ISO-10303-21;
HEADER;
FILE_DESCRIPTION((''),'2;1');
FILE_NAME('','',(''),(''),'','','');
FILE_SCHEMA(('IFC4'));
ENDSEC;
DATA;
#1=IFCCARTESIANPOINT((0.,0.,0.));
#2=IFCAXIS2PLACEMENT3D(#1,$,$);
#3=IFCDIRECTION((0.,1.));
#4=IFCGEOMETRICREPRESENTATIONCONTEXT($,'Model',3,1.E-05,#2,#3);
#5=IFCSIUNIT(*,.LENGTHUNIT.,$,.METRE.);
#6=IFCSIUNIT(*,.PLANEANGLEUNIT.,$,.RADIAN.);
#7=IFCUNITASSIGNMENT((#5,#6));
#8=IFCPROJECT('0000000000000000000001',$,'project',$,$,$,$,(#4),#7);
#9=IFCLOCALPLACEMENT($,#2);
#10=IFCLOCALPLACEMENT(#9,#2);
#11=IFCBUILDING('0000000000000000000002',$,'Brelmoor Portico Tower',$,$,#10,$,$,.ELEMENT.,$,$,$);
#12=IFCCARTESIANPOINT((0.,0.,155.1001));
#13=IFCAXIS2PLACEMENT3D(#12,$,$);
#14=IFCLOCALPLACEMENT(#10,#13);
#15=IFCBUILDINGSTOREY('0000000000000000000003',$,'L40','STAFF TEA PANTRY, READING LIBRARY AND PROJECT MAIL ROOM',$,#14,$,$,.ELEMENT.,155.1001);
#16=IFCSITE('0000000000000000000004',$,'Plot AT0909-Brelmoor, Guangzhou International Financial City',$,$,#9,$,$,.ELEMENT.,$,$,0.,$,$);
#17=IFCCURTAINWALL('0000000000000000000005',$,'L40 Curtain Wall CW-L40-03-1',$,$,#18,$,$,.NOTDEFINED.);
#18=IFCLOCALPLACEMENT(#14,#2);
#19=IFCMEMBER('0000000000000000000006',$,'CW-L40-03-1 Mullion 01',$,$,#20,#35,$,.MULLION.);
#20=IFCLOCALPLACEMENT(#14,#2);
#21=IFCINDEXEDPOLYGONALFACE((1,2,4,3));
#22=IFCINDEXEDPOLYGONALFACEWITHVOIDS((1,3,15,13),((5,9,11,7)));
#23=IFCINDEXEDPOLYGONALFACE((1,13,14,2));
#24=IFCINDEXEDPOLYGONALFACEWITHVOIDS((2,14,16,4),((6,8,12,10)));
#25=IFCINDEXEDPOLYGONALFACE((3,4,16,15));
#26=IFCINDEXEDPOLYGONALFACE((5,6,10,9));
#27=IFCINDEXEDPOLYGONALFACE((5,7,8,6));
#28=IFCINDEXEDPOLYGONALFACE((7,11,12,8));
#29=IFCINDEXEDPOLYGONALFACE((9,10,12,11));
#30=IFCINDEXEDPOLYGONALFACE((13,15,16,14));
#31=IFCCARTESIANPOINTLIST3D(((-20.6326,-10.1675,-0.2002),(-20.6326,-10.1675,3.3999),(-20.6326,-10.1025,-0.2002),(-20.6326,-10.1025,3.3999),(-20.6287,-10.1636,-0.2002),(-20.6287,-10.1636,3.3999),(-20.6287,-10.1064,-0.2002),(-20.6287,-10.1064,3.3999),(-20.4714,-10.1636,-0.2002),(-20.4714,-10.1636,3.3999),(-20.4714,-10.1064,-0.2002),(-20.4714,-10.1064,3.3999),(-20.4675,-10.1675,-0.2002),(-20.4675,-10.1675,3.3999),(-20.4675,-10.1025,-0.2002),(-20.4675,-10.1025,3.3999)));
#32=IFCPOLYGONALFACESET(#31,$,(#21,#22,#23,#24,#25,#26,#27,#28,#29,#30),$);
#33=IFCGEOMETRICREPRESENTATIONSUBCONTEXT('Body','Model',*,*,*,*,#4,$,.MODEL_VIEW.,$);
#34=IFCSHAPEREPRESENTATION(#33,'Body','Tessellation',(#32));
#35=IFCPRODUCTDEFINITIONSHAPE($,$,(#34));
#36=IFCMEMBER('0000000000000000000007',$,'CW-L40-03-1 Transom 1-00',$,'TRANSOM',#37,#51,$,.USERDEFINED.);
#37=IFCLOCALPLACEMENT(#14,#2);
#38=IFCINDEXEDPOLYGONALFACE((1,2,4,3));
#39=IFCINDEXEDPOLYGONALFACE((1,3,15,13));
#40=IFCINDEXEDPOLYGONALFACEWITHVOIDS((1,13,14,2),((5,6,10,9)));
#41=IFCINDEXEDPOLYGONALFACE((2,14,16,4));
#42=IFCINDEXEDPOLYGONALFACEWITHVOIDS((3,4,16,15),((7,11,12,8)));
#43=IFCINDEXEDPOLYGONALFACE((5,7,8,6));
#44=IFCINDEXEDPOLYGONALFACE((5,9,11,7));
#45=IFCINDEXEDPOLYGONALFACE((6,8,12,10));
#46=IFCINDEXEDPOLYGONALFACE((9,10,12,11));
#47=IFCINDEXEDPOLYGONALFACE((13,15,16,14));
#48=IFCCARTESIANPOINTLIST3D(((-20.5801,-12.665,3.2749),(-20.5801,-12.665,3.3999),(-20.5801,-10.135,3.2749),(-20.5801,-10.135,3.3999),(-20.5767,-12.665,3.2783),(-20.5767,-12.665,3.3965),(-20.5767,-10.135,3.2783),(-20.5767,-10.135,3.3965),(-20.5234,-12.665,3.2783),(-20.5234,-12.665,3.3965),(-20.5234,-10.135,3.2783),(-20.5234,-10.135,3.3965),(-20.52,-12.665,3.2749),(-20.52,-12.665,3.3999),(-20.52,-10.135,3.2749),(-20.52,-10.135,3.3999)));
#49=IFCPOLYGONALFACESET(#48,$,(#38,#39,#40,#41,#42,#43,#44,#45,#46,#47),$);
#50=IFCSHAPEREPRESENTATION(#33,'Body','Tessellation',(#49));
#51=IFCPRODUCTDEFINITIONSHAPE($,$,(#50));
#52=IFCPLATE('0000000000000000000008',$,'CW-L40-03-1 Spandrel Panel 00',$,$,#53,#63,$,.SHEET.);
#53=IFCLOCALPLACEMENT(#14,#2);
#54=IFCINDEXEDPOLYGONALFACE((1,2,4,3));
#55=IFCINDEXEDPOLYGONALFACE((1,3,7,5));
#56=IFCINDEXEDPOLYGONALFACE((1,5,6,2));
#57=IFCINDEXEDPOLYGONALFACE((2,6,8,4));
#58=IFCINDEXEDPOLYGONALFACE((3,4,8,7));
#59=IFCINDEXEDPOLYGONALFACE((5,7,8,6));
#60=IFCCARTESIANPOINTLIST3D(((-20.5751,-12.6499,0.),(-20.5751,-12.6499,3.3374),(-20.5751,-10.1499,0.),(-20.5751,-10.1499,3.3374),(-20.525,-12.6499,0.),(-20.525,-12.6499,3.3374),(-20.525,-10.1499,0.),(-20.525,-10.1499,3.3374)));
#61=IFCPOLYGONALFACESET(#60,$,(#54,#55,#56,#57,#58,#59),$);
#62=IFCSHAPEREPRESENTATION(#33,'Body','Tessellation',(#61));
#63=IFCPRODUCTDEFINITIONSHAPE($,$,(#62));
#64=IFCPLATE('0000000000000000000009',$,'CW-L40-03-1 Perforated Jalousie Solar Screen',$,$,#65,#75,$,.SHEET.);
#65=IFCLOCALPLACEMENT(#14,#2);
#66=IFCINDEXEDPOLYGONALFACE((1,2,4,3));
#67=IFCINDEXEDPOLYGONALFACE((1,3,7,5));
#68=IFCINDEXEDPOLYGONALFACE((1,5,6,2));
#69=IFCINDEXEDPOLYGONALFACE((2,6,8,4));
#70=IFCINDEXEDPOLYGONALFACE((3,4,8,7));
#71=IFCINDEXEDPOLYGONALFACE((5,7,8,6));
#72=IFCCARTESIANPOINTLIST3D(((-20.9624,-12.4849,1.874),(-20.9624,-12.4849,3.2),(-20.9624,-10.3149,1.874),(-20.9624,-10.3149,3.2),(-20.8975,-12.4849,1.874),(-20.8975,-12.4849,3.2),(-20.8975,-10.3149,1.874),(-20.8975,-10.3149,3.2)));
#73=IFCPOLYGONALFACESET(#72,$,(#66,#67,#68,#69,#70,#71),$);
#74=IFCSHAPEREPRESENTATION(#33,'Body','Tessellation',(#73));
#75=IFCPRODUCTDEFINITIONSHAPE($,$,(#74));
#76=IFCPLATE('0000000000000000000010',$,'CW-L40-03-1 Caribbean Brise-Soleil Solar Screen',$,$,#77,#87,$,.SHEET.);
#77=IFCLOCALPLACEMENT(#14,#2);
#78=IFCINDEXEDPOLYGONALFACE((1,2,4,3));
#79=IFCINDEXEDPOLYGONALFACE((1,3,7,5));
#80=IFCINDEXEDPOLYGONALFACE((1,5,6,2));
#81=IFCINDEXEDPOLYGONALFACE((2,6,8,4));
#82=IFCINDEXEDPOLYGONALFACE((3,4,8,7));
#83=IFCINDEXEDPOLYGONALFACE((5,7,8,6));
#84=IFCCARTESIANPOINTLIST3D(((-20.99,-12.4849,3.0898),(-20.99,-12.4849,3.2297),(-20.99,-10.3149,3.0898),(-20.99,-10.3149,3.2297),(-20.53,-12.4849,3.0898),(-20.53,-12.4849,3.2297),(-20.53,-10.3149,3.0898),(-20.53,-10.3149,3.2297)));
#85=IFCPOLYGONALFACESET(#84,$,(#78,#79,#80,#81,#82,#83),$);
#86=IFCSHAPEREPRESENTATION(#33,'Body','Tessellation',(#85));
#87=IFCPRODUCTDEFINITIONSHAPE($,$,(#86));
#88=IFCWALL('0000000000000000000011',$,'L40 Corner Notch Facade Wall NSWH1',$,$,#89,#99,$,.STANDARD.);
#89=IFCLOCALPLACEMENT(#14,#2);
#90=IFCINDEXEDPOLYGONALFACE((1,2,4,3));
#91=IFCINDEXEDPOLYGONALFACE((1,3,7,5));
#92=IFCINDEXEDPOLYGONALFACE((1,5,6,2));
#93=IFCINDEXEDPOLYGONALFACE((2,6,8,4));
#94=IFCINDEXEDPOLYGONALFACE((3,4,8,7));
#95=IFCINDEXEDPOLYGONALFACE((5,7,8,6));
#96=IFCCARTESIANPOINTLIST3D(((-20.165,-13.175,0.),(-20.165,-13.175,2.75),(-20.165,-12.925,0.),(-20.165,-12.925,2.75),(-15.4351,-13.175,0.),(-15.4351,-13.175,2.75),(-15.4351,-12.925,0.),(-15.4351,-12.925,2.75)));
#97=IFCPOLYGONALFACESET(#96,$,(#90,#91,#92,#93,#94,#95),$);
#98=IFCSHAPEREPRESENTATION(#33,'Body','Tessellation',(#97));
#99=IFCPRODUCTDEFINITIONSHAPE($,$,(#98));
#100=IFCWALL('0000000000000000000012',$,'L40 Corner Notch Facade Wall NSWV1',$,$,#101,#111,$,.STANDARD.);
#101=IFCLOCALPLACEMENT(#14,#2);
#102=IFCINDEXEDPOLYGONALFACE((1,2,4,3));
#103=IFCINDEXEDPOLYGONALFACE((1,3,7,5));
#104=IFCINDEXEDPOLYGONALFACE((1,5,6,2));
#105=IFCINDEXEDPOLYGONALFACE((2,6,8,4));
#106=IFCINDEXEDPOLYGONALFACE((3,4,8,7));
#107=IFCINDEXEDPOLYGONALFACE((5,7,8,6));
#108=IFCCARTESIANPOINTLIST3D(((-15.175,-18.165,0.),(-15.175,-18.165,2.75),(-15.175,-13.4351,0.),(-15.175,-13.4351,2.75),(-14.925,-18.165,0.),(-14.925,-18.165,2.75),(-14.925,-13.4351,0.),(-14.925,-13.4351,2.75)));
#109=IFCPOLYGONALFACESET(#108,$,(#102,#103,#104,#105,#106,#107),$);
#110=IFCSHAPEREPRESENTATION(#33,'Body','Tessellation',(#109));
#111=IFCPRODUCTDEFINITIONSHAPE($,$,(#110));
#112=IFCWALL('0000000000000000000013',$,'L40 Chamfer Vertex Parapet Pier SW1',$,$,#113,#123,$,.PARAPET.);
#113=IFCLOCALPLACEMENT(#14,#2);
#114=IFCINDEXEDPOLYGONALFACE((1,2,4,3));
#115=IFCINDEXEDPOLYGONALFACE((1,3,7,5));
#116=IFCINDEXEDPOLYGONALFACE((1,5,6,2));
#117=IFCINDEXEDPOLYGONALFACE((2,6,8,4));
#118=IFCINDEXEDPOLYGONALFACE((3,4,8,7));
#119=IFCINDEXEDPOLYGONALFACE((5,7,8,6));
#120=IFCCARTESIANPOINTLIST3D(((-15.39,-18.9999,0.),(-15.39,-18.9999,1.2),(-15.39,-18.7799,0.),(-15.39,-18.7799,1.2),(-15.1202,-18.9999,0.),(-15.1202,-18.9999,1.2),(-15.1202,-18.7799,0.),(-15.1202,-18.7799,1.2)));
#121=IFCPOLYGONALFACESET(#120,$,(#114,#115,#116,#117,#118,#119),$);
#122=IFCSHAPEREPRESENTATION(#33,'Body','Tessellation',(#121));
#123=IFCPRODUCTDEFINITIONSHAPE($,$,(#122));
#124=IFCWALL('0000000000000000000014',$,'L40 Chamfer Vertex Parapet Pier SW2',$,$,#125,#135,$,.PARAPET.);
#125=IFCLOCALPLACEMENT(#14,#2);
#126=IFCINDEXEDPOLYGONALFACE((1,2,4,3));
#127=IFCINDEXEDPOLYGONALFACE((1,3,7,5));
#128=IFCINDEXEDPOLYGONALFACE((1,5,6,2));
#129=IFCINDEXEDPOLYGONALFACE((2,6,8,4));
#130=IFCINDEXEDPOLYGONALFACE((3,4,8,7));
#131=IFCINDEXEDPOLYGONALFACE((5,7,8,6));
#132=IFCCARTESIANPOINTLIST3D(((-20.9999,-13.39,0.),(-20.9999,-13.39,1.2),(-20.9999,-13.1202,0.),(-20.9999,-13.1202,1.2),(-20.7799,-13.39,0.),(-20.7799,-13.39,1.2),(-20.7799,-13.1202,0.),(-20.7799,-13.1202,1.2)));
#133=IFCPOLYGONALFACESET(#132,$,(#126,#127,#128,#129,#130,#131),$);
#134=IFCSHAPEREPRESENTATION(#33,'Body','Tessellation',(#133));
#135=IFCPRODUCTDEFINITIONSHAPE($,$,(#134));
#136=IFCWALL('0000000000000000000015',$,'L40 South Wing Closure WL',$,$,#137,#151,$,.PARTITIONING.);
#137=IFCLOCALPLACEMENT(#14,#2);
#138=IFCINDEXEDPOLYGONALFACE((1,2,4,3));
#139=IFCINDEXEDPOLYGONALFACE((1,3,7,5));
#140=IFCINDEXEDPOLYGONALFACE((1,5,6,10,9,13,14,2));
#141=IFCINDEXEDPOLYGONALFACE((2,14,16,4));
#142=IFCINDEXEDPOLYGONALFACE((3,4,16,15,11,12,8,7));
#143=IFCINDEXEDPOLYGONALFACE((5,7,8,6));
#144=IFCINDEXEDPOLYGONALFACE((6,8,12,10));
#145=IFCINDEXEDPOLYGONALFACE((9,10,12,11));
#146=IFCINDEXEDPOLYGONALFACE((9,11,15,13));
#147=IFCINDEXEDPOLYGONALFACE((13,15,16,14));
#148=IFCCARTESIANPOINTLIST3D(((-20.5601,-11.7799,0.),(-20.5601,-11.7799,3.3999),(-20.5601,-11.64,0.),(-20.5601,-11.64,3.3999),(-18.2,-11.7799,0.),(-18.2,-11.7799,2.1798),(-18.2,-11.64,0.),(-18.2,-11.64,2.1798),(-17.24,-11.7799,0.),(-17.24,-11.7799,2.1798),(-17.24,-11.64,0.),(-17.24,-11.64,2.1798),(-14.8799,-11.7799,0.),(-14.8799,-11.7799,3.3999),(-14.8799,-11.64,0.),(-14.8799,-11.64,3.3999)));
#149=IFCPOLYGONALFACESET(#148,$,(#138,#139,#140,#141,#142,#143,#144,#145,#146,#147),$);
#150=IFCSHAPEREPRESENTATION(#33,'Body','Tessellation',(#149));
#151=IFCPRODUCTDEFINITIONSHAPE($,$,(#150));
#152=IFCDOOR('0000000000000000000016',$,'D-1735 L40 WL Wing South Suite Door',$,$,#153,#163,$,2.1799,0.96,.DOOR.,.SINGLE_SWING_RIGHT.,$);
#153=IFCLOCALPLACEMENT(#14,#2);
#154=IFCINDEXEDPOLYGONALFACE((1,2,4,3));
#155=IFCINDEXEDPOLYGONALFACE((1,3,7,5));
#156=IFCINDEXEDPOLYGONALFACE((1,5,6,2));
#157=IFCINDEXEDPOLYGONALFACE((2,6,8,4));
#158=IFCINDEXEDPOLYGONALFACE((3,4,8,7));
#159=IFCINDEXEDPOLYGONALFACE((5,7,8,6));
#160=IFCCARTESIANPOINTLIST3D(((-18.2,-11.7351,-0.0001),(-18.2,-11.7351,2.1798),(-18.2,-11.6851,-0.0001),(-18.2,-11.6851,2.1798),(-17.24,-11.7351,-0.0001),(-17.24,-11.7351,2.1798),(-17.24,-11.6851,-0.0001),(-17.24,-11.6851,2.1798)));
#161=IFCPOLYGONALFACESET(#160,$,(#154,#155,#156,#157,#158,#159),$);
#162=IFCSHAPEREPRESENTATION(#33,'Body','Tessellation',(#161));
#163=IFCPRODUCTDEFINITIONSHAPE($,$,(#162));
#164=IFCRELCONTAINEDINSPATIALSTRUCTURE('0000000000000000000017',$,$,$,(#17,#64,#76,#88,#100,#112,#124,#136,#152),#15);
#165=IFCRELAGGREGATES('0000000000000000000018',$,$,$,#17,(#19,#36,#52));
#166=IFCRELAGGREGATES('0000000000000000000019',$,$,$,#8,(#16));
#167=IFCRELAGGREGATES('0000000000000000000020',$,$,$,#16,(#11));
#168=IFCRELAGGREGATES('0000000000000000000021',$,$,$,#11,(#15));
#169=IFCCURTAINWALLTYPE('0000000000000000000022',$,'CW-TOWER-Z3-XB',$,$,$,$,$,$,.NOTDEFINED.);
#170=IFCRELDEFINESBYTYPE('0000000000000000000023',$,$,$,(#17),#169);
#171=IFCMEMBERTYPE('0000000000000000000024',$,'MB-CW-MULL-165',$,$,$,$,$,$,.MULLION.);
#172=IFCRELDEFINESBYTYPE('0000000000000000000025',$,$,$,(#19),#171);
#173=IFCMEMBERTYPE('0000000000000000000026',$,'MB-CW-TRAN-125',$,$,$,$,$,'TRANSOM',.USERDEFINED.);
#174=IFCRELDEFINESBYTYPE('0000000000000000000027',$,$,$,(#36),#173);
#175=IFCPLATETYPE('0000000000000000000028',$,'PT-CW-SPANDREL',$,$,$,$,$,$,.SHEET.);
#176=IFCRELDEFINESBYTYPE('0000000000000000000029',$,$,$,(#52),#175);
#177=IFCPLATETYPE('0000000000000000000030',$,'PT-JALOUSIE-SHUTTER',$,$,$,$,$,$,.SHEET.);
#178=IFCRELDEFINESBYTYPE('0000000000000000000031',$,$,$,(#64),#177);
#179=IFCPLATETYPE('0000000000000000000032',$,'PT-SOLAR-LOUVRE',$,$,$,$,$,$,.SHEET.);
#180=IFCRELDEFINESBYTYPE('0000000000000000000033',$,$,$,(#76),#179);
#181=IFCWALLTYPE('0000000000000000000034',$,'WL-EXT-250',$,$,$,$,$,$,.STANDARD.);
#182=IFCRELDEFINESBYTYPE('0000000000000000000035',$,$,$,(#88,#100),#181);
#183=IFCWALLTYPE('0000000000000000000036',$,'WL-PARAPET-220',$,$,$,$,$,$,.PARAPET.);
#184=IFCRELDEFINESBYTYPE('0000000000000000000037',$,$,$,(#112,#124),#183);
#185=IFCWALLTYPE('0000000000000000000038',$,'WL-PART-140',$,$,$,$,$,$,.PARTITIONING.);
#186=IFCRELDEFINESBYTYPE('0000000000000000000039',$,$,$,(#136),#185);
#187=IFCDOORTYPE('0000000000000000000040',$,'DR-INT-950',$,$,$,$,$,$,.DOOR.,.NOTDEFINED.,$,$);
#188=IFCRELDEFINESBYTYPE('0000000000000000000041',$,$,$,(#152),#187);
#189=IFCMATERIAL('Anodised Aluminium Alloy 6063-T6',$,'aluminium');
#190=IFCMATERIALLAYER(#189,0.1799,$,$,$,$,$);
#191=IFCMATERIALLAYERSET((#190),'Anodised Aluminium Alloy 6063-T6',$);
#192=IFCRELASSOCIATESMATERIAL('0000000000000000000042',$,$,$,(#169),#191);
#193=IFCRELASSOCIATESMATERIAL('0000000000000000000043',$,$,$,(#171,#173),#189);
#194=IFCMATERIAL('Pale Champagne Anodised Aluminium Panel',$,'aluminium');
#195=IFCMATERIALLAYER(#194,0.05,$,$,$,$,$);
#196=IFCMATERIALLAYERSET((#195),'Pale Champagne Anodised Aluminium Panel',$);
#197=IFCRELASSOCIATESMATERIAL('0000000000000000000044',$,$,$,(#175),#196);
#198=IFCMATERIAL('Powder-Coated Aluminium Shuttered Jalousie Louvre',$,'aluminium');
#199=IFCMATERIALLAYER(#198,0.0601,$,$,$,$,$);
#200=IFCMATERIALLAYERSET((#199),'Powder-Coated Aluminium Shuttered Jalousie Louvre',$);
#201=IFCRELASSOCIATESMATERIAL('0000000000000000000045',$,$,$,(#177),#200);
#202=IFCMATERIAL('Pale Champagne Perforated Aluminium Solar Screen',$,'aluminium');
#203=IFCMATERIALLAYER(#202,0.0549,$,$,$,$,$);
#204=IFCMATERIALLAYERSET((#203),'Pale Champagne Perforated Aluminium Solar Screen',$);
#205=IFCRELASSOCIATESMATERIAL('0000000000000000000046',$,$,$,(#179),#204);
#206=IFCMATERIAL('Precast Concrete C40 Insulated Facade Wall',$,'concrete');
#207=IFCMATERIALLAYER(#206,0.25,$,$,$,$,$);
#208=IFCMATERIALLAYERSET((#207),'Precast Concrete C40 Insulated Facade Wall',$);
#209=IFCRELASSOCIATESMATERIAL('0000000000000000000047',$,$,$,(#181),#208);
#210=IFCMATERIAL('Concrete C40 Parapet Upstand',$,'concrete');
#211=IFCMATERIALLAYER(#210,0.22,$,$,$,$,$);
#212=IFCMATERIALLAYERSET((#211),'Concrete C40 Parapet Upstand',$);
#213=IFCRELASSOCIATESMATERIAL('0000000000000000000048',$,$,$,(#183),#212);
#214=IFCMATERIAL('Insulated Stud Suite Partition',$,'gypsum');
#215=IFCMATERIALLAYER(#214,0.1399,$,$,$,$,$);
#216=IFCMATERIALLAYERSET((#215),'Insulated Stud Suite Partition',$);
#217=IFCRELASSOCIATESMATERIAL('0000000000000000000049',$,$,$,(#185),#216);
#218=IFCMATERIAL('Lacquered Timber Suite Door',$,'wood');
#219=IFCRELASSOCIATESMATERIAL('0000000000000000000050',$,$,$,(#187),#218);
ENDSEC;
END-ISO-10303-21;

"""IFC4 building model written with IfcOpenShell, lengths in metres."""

from ifc_helpers import new_model, si_unit, direction, frame, frame_2d, origin, origin_2d, place, context, subcontext, project, spatial, rectangle, hollow_rectangle, extrude, material, layer, layer_set, material_profile, profile_set, type_object, element, fill, aggregate, save


model = new_model("IFC4")

# Units and contexts
model_context = context("Model", 3, precision=1e-05, world=origin(), true_north=direction((0.0, 1.0)))
body_context = subcontext(model_context, "Body", "Model", "MODEL_VIEW")
ifc_project = project(units=[si_unit("LENGTHUNIT", "METRE"), si_unit("PLANEANGLEUNIT", "RADIAN")], contexts=[model_context])

# Site, building, storey
site_placement = place(None, origin())
site = spatial("IfcSite", under=ifc_project, at=site_placement, Name="Plot AT0909-Brelmoor, Guangzhou International Financial City", CompositionType="ELEMENT", RefElevation=0.0)
building_placement = place(site_placement, origin())
building = spatial("IfcBuilding", under=site, at=building_placement, Name="Brelmoor Portico Tower", CompositionType="ELEMENT")
storey_placement = place(building_placement, frame((0.0, 0.0, 155.1001)))
storey = spatial("IfcBuildingStorey", under=building, at=storey_placement, Name="L40", Description="STAFF TEA PANTRY, READING LIBRARY AND PROJECT MAIL ROOM", CompositionType="ELEMENT", Elevation=155.1001)

# Curtain wall, members, plate
ifc_material_1 = material(Name="Anodised Aluminium Alloy 6063-T6", Category="aluminium")
ifc_layer_1 = layer(ifc_material_1, 0.1799)
ifc_layer_set_1 = layer_set([ifc_layer_1], Name="Anodised Aluminium Alloy 6063-T6")
curtain_wall_type = type_object("IfcCurtainWallType", Name="CW-TOWER-Z3-XB", PredefinedType="NOTDEFINED", material=ifc_layer_set_1)
curtain_wall_placement = place(storey_placement, origin())
curtain_wall = element("IfcCurtainWall", 1, at=curtain_wall_placement, inside=storey, type_object=curtain_wall_type, Name="L40 Curtain Wall CW-L40-03-1", PredefinedType="NOTDEFINED")
ifc_material_profile_1 = material_profile(ifc_material_1, hollow_rectangle(XDim=0.0649, YDim=0.165, WallThickness=0.0039, at=origin_2d()), Name="ALU MULLION 65x165")
ifc_profile_set_1 = profile_set([ifc_material_profile_1], Name="Anodised Aluminium Alloy 6063-T6")
member_type_1 = type_object("IfcMemberType", Name="MB-CW-MULL-165", PredefinedType="MULLION", material=ifc_profile_set_1)
member_1_placement = place(storey_placement, frame((-20.55, -10.135, -0.2002), z_axis=(0.0, 0.0, 1.0), x_axis=(0.0, 1.0, 0.0)))
member_1 = element("IfcMember", 2, at=member_1_placement, type_object=member_type_1, Name="CW-L40-03-1 Mullion 01", PredefinedType="MULLION", context=body_context, shape_type="SweptSolid", body=[
    extrude(hollow_rectangle(XDim=0.0649, YDim=0.165, WallThickness=0.0039, at=origin_2d()), origin(), (0.0, 0.0, 1.0), 3.6001),
])
ifc_material_profile_2 = material_profile(ifc_material_1, hollow_rectangle(XDim=0.0601, YDim=0.125, WallThickness=0.0034, at=origin_2d()), Name="ALU TRANSOM 60x125")
ifc_profile_set_2 = profile_set([ifc_material_profile_2], Name="Anodised Aluminium Alloy 6063-T6")
member_type_2 = type_object("IfcMemberType", Name="MB-CW-TRAN-125", ElementType="TRANSOM", PredefinedType="USERDEFINED", material=ifc_profile_set_2)
member_2_placement = place(storey_placement, frame((-20.55, -12.665, 3.3374), z_axis=(0.0, 1.0, 0.0), x_axis=(-1.0, 0.0, 0.0)))
member_2 = element("IfcMember", 3, at=member_2_placement, type_object=member_type_2, Name="CW-L40-03-1 Transom 1-00", ObjectType="TRANSOM", PredefinedType="USERDEFINED", context=body_context, shape_type="SweptSolid", body=[
    extrude(hollow_rectangle(XDim=0.0601, YDim=0.125, WallThickness=0.0034, at=origin_2d()), origin(), (0.0, 0.0, 1.0), 2.53),
])
ifc_material_2 = material(Name="Pale Champagne Anodised Aluminium Panel", Category="aluminium")
ifc_layer_2 = layer(ifc_material_2, 0.05)
ifc_layer_set_2 = layer_set([ifc_layer_2], Name="Pale Champagne Anodised Aluminium Panel")
plate_type_1 = type_object("IfcPlateType", Name="PT-CW-SPANDREL", PredefinedType="SHEET", material=ifc_layer_set_2)
plate_1_placement = place(storey_placement, frame((-20.55, -11.3999, 0.0), z_axis=(0.0, 0.0, 1.0), x_axis=(0.0, 1.0, 0.0)))
plate_1 = element("IfcPlate", 4, at=plate_1_placement, type_object=plate_type_1, Name="CW-L40-03-1 Spandrel Panel 00", PredefinedType="SHEET", context=body_context, shape_type="SweptSolid", body=[
    extrude(rectangle(XDim=2.5, YDim=0.05, at=origin_2d()), origin(), (0.0, 0.0, 1.0), 3.3374),
])
aggregate(curtain_wall, [member_1, member_2, plate_1])

# Plates
ifc_material_3 = material(Name="Powder-Coated Aluminium Shuttered Jalousie Louvre", Category="aluminium")
ifc_layer_3 = layer(ifc_material_3, 0.0601)
ifc_layer_set_3 = layer_set([ifc_layer_3], Name="Powder-Coated Aluminium Shuttered Jalousie Louvre")
plate_type_2 = type_object("IfcPlateType", Name="PT-JALOUSIE-SHUTTER", PredefinedType="SHEET", material=ifc_layer_set_3)
plate_2_placement = place(storey_placement, frame((-20.9299, -11.3999, 1.874), z_axis=(0.0, 0.0, 1.0), x_axis=(0.0, 1.0, 0.0)))
element("IfcPlate", 5, at=plate_2_placement, inside=storey, type_object=plate_type_2, Name="CW-L40-03-1 Perforated Jalousie Solar Screen", PredefinedType="SHEET", context=body_context, shape_type="SweptSolid", body=[
    extrude(rectangle(XDim=2.1699, YDim=0.0649, at=origin_2d()), origin(), (0.0, 0.0, 1.0), 1.3259),
])
ifc_material_4 = material(Name="Pale Champagne Perforated Aluminium Solar Screen", Category="aluminium")
ifc_layer_4 = layer(ifc_material_4, 0.0549)
ifc_layer_set_4 = layer_set([ifc_layer_4], Name="Pale Champagne Perforated Aluminium Solar Screen")
plate_type_3 = type_object("IfcPlateType", Name="PT-SOLAR-LOUVRE", PredefinedType="SHEET", material=ifc_layer_set_4)
plate_3_placement = place(storey_placement, frame((-20.76, -11.3999, 3.0898), z_axis=(0.0, 0.0, 1.0), x_axis=(0.0, 1.0, 0.0)))
element("IfcPlate", 6, at=plate_3_placement, inside=storey, type_object=plate_type_3, Name="CW-L40-03-1 Caribbean Brise-Soleil Solar Screen", PredefinedType="SHEET", context=body_context, shape_type="SweptSolid", body=[
    extrude(rectangle(XDim=2.1699, YDim=0.46, at=origin_2d()), origin(), (0.0, 0.0, 1.0), 0.1399),
])

# Walls
ifc_material_5 = material(Name="Precast Concrete C40 Insulated Facade Wall", Category="concrete")
ifc_layer_5 = layer(ifc_material_5, 0.25)
ifc_layer_set_5 = layer_set([ifc_layer_5], Name="Precast Concrete C40 Insulated Facade Wall")
wall_type_1 = type_object("IfcWallType", Name="WL-EXT-250", PredefinedType="STANDARD", material=ifc_layer_set_5)
for number, where, z_axis, x_axis, name in (
    (7, (-20.165, -13.05, 0.0), (0.0, 0.0, 1.0), (1.0, 0.0, 0.0), "L40 Corner Notch Facade Wall NSWH1"),
    (8, (-15.05, -18.165, 0.0), (0.0, 0.0, 1.0), (0.0, 1.0, 0.0), "L40 Corner Notch Facade Wall NSWV1"),
):
    element("IfcWall", number, at=place(storey_placement, frame(where, z_axis=z_axis, x_axis=x_axis)), inside=storey, type_object=wall_type_1, Name=name, PredefinedType="STANDARD", context=body_context, shape_type="SweptSolid", body=[
        extrude(rectangle(XDim=4.73, YDim=0.25, at=frame_2d((2.365, 0.0))), origin(), (0.0, 0.0, 1.0), 2.75),
    ])
ifc_material_6 = material(Name="Concrete C40 Parapet Upstand", Category="concrete")
ifc_layer_6 = layer(ifc_material_6, 0.22)
ifc_layer_set_6 = layer_set([ifc_layer_6], Name="Concrete C40 Parapet Upstand")
wall_type_2 = type_object("IfcWallType", Name="WL-PARAPET-220", PredefinedType="PARAPET", material=ifc_layer_set_6)
for number, where, z_axis, x_axis, name in (
    (9, (-15.3899, -18.8899, 0.0), (0.0, 0.0, 1.0), (1.0, 0.0, 0.0), "L40 Chamfer Vertex Parapet Pier SW1"),
    (10, (-20.8899, -13.3899, 0.0), (0.0, 0.0, 1.0), (0.0, 1.0, 0.0), "L40 Chamfer Vertex Parapet Pier SW2"),
):
    element("IfcWall", number, at=place(storey_placement, frame(where, z_axis=z_axis, x_axis=x_axis)), inside=storey, type_object=wall_type_2, Name=name, PredefinedType="PARAPET", context=body_context, shape_type="SweptSolid", body=[
        extrude(rectangle(XDim=0.2698, YDim=0.22, at=frame_2d((0.1348, 0.0))), origin(), (0.0, 0.0, 1.0), 1.2),
    ])

# Wall, opening, door
ifc_material_7 = material(Name="Insulated Stud Suite Partition", Category="gypsum")
ifc_layer_7 = layer(ifc_material_7, 0.1399)
ifc_layer_set_7 = layer_set([ifc_layer_7], Name="Insulated Stud Suite Partition")
wall_type_3 = type_object("IfcWallType", Name="WL-PART-140", PredefinedType="PARTITIONING", material=ifc_layer_set_7)
wall_placement = place(storey_placement, frame((-20.5601, -11.71, 0.0), z_axis=(0.0, 0.0, 1.0), x_axis=(1.0, 0.0, 0.0)))
wall = element("IfcWall", 11, at=wall_placement, inside=storey, type_object=wall_type_3, Name="L40 South Wing Closure WL", PredefinedType="PARTITIONING", context=body_context, shape_type="SweptSolid", body=[
    extrude(rectangle(XDim=5.6802, YDim=0.1399, at=frame_2d((2.8401, 0.0))), origin(), (0.0, 0.0, 1.0), 3.3999),
])
opening_placement = place(wall_placement, frame((2.3601, 0.0, 0.0)))
opening = element("IfcOpeningElement", 12, at=opening_placement, cuts=wall, PredefinedType="OPENING", context=body_context, shape_type="SweptSolid", body=[
    extrude(rectangle(XDim=0.96, YDim=2.1799, at=frame_2d((0.48, 1.0898))), frame((0.0, 0.0798, 0.0), z_axis=(0.0, -1.0, 0.0), x_axis=(1.0, 0.0, 0.0)), (0.0, 0.0, 1.0), 0.1599),
])
ifc_material_8 = material(Name="Lacquered Timber Suite Door", Category="wood")
door_type = type_object("IfcDoorType", Name="DR-INT-950", OperationType="NOTDEFINED", PredefinedType="DOOR", material=ifc_material_8)
door_placement = place(opening_placement, origin())
door = element("IfcDoor", 13, at=door_placement, inside=storey, type_object=door_type, Name="D-1735 L40 WL Wing South Suite Door", OperationType="SINGLE_SWING_RIGHT", OverallHeight=2.1799, OverallWidth=0.96, PredefinedType="DOOR", context=body_context, shape_type="SweptSolid", body=[
    extrude(rectangle(XDim=0.96, YDim=2.1799, at=frame_2d((0.48, 1.0898))), frame((0.0, 0.0249, 0.0), z_axis=(0.0, -1.0, 0.0), x_axis=(1.0, 0.0, 0.0)), (0.0, 0.0, 1.0), 0.05),
])
fill(opening, door)

save(model, "model.ifc")
